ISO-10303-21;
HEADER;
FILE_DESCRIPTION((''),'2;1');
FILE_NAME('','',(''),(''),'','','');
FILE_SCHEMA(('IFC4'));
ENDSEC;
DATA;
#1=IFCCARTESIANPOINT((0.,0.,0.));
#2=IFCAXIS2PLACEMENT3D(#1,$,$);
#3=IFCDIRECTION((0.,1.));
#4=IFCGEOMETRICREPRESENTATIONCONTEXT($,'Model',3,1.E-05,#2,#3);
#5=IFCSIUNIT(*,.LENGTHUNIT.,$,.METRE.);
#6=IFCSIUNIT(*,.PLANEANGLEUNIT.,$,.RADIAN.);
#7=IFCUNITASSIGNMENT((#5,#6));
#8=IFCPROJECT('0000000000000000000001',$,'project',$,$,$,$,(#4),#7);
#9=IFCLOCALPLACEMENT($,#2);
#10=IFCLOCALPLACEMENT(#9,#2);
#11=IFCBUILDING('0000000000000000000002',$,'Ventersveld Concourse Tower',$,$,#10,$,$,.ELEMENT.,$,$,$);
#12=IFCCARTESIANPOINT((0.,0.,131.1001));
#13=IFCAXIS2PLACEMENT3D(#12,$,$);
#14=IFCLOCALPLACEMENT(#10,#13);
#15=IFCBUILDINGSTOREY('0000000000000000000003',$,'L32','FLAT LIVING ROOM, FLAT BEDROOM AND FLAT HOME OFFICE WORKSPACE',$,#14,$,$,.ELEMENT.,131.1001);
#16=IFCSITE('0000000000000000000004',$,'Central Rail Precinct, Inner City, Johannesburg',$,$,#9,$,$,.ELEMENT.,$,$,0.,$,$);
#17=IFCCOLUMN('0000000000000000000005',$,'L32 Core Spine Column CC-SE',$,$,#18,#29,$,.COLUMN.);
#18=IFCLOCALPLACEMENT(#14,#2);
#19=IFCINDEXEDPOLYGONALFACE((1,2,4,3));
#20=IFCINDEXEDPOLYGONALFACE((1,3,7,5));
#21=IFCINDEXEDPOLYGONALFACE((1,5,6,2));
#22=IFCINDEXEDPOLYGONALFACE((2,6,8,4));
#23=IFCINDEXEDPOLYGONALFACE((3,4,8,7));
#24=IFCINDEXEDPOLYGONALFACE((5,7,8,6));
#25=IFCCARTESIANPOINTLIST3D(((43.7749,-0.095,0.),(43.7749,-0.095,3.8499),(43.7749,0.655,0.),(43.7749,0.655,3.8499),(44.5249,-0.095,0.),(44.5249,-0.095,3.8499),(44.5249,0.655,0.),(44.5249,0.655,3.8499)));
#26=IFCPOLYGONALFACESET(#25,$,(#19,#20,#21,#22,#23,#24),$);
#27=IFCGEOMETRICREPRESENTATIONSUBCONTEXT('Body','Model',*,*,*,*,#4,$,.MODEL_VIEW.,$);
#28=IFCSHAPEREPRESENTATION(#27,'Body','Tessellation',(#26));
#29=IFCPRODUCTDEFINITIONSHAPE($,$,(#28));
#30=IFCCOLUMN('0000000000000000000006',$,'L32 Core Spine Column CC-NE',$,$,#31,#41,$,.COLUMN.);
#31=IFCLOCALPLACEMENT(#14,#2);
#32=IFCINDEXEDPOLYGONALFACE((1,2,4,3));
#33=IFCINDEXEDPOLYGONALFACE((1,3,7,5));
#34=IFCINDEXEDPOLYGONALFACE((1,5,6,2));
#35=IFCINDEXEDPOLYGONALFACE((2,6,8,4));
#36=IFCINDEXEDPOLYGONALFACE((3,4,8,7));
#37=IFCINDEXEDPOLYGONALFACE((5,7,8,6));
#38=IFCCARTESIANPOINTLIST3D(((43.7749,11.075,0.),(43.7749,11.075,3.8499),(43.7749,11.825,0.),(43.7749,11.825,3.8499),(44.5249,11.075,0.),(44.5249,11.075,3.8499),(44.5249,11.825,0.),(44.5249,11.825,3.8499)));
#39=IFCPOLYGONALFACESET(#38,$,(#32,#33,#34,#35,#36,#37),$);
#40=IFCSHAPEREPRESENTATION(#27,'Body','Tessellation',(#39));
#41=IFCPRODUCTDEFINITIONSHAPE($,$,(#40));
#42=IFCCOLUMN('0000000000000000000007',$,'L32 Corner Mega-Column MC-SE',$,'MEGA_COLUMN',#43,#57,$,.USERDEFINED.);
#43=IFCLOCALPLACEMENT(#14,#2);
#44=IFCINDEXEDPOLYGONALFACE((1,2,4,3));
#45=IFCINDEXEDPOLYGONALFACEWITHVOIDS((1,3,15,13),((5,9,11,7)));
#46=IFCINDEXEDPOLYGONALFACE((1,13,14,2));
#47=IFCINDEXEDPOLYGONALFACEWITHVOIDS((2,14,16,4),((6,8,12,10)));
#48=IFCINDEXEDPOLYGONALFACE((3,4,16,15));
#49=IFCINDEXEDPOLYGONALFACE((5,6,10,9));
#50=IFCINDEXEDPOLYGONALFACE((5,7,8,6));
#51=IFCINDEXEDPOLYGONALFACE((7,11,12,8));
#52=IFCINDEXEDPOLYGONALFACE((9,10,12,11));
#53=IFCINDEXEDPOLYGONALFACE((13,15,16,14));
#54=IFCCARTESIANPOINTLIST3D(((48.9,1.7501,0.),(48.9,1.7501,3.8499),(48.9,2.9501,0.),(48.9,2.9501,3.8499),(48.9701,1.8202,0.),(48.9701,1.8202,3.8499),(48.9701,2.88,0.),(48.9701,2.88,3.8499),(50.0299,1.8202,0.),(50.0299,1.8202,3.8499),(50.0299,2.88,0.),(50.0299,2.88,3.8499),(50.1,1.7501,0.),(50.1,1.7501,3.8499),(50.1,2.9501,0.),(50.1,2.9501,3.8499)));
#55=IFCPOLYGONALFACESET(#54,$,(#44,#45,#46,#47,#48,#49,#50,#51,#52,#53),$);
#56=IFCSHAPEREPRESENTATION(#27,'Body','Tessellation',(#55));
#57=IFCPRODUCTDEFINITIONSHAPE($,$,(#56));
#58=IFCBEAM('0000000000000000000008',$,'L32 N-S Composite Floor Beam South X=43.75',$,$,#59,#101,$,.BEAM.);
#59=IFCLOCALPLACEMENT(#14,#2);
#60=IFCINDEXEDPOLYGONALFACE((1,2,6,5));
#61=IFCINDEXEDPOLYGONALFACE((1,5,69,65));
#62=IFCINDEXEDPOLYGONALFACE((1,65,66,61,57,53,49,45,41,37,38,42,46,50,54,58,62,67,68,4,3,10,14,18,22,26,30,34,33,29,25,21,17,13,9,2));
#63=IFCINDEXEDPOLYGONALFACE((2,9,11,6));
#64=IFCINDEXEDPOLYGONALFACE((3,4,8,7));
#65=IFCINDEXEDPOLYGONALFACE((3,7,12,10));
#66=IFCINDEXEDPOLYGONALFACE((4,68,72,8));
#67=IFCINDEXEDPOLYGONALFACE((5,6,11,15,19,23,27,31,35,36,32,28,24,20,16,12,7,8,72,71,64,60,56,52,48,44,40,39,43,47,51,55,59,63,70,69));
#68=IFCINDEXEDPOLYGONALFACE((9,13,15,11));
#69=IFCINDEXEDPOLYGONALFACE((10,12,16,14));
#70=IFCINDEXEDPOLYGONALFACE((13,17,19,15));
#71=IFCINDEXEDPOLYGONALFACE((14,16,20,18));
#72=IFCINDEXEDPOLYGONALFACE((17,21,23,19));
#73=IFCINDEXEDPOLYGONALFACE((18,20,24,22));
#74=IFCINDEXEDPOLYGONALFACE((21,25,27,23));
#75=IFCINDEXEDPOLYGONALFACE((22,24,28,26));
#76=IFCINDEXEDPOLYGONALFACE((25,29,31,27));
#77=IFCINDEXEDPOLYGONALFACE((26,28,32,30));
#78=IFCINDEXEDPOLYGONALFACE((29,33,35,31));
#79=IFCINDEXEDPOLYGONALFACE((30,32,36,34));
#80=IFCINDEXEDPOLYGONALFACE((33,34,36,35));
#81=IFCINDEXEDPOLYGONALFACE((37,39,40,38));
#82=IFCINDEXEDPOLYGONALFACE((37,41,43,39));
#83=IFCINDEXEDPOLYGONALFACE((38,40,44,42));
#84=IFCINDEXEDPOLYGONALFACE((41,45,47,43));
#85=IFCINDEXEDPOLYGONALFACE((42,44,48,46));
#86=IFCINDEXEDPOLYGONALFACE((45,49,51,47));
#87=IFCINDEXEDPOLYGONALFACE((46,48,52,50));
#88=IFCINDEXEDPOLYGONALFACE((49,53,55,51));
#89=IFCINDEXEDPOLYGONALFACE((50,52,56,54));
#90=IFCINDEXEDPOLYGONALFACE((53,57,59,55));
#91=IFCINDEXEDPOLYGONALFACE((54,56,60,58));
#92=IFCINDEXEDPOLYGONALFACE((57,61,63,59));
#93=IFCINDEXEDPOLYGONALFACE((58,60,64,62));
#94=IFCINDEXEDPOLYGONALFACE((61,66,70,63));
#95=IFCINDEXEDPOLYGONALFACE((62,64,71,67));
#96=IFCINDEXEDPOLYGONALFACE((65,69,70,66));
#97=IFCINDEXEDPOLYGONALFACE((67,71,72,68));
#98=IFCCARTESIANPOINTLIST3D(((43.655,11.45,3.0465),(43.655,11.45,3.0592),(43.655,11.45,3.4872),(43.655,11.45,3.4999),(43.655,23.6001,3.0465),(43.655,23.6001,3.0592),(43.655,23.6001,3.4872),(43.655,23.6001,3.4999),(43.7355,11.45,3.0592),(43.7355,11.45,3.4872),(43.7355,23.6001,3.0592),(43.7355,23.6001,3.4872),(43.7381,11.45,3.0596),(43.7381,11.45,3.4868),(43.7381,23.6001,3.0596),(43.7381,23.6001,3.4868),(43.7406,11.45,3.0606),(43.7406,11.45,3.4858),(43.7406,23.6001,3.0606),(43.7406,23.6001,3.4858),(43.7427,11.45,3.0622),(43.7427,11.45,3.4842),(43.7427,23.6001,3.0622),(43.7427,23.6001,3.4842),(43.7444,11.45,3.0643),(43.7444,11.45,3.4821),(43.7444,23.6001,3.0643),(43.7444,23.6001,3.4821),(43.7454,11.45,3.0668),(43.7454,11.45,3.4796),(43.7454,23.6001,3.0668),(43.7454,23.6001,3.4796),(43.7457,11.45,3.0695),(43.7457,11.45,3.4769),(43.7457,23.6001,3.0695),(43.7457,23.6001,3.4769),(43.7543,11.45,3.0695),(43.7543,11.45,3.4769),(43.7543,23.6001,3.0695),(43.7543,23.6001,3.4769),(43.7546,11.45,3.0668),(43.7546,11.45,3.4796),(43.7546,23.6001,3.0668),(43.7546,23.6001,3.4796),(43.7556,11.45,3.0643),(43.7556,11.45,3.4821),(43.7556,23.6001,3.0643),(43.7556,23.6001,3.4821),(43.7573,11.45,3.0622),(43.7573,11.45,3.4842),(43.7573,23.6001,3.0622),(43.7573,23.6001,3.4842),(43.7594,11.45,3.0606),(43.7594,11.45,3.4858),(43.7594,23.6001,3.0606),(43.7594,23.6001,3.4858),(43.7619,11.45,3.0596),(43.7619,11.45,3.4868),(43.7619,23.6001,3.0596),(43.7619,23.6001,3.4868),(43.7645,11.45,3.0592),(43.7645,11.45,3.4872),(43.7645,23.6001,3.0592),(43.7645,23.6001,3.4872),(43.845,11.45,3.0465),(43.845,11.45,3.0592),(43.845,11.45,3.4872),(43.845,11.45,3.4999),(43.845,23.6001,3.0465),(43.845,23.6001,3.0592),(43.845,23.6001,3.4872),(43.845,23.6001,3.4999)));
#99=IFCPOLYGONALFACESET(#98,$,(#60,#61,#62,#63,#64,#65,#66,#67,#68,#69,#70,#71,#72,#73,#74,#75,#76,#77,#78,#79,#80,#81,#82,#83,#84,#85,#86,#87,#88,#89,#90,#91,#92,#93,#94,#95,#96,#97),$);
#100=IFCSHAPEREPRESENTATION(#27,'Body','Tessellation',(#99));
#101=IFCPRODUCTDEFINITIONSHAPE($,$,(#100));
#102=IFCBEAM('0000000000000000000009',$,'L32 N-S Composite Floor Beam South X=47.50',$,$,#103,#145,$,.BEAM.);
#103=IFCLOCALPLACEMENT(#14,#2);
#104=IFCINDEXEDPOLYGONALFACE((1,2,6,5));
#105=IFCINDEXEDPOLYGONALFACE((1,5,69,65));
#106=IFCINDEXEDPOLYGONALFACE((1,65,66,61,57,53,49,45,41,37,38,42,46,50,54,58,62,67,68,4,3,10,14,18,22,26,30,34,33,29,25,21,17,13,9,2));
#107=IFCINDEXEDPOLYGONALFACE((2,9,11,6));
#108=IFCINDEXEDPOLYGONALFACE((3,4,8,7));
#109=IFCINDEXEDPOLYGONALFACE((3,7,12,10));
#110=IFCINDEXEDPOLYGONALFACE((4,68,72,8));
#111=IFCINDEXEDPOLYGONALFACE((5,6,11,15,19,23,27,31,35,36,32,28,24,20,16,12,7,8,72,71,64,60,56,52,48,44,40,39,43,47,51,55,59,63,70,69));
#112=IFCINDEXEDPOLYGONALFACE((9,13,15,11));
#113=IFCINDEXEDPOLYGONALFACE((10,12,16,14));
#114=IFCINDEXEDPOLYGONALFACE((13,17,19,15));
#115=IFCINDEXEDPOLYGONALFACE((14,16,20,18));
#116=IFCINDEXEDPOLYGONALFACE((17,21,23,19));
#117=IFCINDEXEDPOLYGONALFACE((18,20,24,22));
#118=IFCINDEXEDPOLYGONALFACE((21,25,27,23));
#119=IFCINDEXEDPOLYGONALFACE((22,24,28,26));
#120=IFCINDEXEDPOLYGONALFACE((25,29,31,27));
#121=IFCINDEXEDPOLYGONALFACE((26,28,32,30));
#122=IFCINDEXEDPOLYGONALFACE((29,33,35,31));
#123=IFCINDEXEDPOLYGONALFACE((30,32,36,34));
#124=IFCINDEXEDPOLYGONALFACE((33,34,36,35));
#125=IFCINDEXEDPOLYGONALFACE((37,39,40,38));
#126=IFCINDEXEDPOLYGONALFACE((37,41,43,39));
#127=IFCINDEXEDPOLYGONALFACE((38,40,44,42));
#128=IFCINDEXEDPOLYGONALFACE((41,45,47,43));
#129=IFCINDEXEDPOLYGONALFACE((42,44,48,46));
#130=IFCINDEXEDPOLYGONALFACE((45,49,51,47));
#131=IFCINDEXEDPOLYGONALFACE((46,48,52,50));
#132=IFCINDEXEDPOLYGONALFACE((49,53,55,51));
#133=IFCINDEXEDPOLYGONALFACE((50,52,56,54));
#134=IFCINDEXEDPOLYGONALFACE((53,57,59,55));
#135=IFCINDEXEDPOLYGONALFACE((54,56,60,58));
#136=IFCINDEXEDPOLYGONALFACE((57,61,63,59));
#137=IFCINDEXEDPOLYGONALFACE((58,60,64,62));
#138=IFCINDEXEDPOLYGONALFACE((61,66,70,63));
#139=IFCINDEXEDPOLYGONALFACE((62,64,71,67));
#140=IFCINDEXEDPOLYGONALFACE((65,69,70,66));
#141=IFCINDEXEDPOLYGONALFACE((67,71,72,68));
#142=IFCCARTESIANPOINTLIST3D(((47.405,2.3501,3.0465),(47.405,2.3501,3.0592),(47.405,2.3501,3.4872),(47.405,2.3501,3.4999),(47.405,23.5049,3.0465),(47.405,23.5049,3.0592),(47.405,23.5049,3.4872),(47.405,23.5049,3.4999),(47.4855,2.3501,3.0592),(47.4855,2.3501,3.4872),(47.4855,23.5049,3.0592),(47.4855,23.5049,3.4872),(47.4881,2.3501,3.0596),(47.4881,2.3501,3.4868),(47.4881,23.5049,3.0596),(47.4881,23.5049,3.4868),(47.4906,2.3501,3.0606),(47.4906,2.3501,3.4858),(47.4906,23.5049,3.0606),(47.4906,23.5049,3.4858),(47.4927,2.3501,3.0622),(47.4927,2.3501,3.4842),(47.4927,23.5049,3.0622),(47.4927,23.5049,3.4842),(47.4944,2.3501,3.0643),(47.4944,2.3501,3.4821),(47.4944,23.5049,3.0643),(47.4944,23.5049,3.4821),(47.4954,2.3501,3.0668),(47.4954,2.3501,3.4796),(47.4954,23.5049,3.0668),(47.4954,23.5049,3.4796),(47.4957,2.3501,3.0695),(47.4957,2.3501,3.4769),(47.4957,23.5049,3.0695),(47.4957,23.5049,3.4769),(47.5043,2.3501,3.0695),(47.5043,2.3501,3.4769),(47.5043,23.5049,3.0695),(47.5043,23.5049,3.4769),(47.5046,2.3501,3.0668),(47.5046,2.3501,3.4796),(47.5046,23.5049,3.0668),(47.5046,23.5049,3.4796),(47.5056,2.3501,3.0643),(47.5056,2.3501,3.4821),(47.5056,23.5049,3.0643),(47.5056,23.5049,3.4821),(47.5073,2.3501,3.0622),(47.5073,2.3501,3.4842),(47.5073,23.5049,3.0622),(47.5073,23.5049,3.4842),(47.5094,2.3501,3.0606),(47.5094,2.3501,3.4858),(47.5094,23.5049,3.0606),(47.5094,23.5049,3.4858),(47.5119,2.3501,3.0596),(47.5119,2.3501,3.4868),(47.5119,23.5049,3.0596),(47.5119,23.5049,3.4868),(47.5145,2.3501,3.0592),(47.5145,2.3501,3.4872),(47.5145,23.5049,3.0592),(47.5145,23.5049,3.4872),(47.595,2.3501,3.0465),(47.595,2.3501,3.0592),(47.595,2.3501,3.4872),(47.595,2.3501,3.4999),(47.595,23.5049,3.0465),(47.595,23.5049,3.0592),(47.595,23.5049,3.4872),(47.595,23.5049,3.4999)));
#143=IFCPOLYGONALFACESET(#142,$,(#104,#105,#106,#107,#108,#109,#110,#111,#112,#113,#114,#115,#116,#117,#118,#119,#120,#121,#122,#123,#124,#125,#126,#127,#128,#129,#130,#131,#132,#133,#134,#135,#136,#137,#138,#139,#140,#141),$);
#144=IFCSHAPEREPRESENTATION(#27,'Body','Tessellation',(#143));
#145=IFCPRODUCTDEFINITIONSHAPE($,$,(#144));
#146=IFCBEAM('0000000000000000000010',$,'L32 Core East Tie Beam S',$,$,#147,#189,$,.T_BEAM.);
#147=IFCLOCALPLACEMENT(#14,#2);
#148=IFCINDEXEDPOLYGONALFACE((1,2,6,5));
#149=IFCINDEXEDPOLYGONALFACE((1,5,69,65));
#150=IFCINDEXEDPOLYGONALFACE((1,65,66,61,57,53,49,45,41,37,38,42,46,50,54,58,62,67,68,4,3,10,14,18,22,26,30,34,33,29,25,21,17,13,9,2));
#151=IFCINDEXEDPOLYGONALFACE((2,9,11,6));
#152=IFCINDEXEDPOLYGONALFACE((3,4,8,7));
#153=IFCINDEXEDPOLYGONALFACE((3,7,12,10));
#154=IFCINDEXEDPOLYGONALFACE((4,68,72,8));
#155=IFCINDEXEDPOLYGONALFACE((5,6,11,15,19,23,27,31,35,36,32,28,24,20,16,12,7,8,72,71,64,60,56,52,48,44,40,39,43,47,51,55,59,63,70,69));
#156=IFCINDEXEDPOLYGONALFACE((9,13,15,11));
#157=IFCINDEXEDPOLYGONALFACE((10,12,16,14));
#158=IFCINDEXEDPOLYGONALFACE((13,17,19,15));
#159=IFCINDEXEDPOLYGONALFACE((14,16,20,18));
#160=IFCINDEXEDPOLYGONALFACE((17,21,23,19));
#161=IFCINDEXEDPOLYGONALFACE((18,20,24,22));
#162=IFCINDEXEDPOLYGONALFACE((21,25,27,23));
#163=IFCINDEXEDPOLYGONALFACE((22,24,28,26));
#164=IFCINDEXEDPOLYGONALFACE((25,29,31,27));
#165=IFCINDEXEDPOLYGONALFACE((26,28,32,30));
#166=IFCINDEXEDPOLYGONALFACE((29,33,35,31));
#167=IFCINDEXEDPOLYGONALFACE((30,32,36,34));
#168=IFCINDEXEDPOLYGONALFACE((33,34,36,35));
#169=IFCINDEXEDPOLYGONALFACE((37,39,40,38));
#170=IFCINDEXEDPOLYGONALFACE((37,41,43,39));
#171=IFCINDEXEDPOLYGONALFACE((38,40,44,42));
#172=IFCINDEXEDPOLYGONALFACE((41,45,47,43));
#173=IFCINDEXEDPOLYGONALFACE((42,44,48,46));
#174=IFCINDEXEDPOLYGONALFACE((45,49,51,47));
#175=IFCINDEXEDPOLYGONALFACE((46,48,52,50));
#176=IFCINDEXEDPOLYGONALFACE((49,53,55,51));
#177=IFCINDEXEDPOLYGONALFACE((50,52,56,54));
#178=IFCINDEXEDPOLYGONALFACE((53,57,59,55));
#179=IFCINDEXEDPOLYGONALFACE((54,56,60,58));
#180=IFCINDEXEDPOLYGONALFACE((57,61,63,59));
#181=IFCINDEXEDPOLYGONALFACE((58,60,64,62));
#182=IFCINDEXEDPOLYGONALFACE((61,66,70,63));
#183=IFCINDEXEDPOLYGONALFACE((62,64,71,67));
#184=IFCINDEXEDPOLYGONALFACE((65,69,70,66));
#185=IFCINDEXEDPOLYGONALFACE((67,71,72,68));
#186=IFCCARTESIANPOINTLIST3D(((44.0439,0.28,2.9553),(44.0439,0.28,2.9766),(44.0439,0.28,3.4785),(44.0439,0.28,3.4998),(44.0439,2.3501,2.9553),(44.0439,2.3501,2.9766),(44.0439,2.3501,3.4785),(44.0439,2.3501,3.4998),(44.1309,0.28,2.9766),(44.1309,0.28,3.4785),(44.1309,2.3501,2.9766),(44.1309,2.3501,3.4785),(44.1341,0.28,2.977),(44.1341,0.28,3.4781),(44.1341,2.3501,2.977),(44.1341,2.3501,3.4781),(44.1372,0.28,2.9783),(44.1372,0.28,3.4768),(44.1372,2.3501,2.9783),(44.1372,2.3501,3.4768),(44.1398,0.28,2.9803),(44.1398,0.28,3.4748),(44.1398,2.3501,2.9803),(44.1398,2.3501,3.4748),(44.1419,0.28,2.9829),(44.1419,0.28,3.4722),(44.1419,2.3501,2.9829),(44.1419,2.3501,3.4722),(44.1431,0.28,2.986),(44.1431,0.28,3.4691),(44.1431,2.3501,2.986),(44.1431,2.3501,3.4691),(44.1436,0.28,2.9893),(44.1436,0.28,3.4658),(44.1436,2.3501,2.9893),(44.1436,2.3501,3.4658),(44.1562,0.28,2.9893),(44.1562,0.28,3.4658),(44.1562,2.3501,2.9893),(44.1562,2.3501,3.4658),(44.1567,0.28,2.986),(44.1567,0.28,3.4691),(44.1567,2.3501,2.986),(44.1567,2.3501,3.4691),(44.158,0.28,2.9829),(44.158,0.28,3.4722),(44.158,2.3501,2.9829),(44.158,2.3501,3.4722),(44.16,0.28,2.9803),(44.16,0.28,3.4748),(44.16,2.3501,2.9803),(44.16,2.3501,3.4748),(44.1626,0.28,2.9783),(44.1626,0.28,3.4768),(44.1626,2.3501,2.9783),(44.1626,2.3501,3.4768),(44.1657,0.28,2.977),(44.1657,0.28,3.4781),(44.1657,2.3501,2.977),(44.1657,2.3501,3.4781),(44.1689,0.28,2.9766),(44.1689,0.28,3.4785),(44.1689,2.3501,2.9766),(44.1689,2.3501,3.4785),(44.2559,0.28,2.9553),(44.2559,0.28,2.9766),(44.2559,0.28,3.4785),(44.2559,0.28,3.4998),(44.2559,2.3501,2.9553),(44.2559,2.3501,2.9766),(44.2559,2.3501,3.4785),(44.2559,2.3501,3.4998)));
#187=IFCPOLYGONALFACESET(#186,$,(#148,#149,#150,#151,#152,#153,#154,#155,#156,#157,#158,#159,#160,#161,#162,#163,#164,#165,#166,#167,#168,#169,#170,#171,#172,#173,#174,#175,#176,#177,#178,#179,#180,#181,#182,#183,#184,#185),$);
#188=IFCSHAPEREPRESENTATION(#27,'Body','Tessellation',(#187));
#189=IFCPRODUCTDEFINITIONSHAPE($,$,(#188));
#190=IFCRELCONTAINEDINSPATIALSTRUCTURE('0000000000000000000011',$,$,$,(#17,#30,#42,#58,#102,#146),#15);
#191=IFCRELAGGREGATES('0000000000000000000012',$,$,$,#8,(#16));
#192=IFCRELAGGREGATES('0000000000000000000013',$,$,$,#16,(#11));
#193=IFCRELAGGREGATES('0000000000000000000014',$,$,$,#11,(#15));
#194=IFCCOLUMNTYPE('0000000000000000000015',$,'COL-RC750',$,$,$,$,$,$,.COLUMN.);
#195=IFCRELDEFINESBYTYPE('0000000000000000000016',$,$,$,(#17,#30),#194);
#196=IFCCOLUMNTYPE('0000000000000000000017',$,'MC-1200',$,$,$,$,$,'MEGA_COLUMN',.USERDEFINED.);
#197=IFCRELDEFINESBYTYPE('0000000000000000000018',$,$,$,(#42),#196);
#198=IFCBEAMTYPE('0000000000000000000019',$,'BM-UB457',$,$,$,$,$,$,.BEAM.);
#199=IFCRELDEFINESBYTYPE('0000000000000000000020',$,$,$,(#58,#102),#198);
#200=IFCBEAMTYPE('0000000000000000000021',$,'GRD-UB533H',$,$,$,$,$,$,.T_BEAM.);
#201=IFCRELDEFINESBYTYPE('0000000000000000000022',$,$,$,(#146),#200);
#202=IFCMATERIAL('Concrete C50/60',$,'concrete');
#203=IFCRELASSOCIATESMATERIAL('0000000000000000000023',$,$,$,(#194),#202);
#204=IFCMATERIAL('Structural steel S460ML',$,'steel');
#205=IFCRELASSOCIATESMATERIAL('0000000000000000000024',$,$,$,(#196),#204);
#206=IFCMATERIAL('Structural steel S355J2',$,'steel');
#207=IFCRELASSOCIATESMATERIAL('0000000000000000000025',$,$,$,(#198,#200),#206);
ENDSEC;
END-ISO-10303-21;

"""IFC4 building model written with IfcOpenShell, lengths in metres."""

from ifc_helpers import new_model, si_unit, direction, frame, origin, origin_2d, place, context, subcontext, project, spatial, rectangle, hollow_rectangle, i_section, extrude, material, material_profile, profile_set, type_object, element, save


model = new_model("IFC4")

# Units and contexts
model_context = context("Model", 3, precision=1e-05, world=origin(), true_north=direction((0.0, 1.0)))
body_context = subcontext(model_context, "Body", "Model", "MODEL_VIEW")
ifc_project = project(units=[si_unit("LENGTHUNIT", "METRE"), si_unit("PLANEANGLEUNIT", "RADIAN")], contexts=[model_context])

# Site, building, storey
site_placement = place(None, origin())
site = spatial("IfcSite", under=ifc_project, at=site_placement, Name="Central Rail Precinct, Inner City, Johannesburg", CompositionType="ELEMENT", RefElevation=0.0)
building_placement = place(site_placement, origin())
building = spatial("IfcBuilding", under=site, at=building_placement, Name="Ventersveld Concourse Tower", CompositionType="ELEMENT")
storey_placement = place(building_placement, frame((0.0, 0.0, 131.1001)))
storey = spatial("IfcBuildingStorey", under=building, at=storey_placement, Name="L32", Description="FLAT LIVING ROOM, FLAT BEDROOM AND FLAT HOME OFFICE WORKSPACE", CompositionType="ELEMENT", Elevation=131.1001)

# Columns
ifc_material_1 = material(Name="Concrete C50/60", Category="concrete")
ifc_material_profile_1 = material_profile(ifc_material_1, rectangle(XDim=0.75, YDim=0.75, at=origin_2d()), Name="RC 750x750")
ifc_profile_set_1 = profile_set([ifc_material_profile_1], Name="Concrete C50/60")
column_type_1 = type_object("IfcColumnType", Name="COL-RC750", PredefinedType="COLUMN", material=ifc_profile_set_1)
for number, where, z_axis, x_axis, name in (
    (1, (44.1499, 0.28, 0.0), (0.0, 0.0, 1.0), (1.0, 0.0, 0.0), "L32 Core Spine Column CC-SE"),
    (2, (44.1499, 11.45, 0.0), (0.0, 0.0, 1.0), (1.0, 0.0, 0.0), "L32 Core Spine Column CC-NE"),
):
    element("IfcColumn", number, at=place(storey_placement, frame(where, z_axis=z_axis, x_axis=x_axis)), inside=storey, type_object=column_type_1, Name=name, PredefinedType="COLUMN", context=body_context, shape_type="SweptSolid", body=[
        extrude(rectangle(XDim=0.75, YDim=0.75, at=origin_2d()), origin(), (0.0, 0.0, 1.0), 3.8499),
    ])
ifc_material_2 = material(Name="Structural steel S460ML", Category="steel")
ifc_material_profile_2 = material_profile(ifc_material_2, hollow_rectangle(XDim=1.2, YDim=1.2, WallThickness=0.0701, at=origin_2d()), Name="BOX 1200x1200x70")
ifc_profile_set_2 = profile_set([ifc_material_profile_2], Name="Structural steel S460ML")
column_type_2 = type_object("IfcColumnType", Name="MC-1200", ElementType="MEGA_COLUMN", PredefinedType="USERDEFINED", material=ifc_profile_set_2)
column_placement = place(storey_placement, frame((49.5, 2.3501, 0.0), z_axis=(0.0, 0.0, 1.0), x_axis=(1.0, 0.0, 0.0)))
element("IfcColumn", 3, at=column_placement, inside=storey, type_object=column_type_2, Name="L32 Corner Mega-Column MC-SE", ObjectType="MEGA_COLUMN", PredefinedType="USERDEFINED", context=body_context, shape_type="SweptSolid", body=[
    extrude(hollow_rectangle(XDim=1.2, YDim=1.2, WallThickness=0.0701, at=origin_2d()), origin(), (0.0, 0.0, 1.0), 3.8499),
])

# Beams
ifc_material_3 = material(Name="Structural steel S355J2", Category="steel")
ifc_material_profile_3 = material_profile(ifc_material_3, i_section(OverallWidth=0.1899, OverallDepth=0.4534, WebThickness=0.0085, FlangeThickness=0.0127, FilletRadius=0.0103, at=origin_2d()), Name="UB 457x191x67")
ifc_profile_set_3 = profile_set([ifc_material_profile_3], Name="Structural steel S355J2")
beam_type_1 = type_object("IfcBeamType", Name="BM-UB457", PredefinedType="BEAM", material=ifc_profile_set_3)
beam_1_placement = place(storey_placement, frame((43.75, 11.45, 3.2732), z_axis=(0.0, 1.0, 0.0), x_axis=(-1.0, 0.0, 0.0)))
element("IfcBeam", 4, at=beam_1_placement, inside=storey, type_object=beam_type_1, Name="L32 N-S Composite Floor Beam South X=43.75", PredefinedType="BEAM", context=body_context, shape_type="SweptSolid", body=[
    extrude(i_section(OverallWidth=0.1899, OverallDepth=0.4534, WebThickness=0.0085, FlangeThickness=0.0127, FilletRadius=0.0103, at=origin_2d()), origin(), (0.0, 0.0, 1.0), 12.1501),
])
beam_2_placement = place(storey_placement, frame((47.5, 2.3501, 3.2732), z_axis=(0.0, 1.0, 0.0), x_axis=(-1.0, 0.0, 0.0)))
element("IfcBeam", 5, at=beam_2_placement, inside=storey, type_object=beam_type_1, Name="L32 N-S Composite Floor Beam South X=47.50", PredefinedType="BEAM", context=body_context, shape_type="SweptSolid", body=[
    extrude(i_section(OverallWidth=0.1899, OverallDepth=0.4534, WebThickness=0.0085, FlangeThickness=0.0127, FilletRadius=0.0103, at=origin_2d()), origin(), (0.0, 0.0, 1.0), 21.1548),
])
ifc_material_profile_4 = material_profile(ifc_material_3, i_section(OverallWidth=0.2119, OverallDepth=0.5444, WebThickness=0.0127, FlangeThickness=0.0212, FilletRadius=0.0127, at=origin_2d()), Name="UB 533x210x122")
ifc_profile_set_4 = profile_set([ifc_material_profile_4], Name="Structural steel S355J2")
beam_type_2 = type_object("IfcBeamType", Name="GRD-UB533H", PredefinedType="T_BEAM", material=ifc_profile_set_4)
beam_3_placement = place(storey_placement, frame((44.1499, 0.28, 3.2275), z_axis=(0.0, 1.0, 0.0), x_axis=(-1.0, 0.0, 0.0)))
element("IfcBeam", 6, at=beam_3_placement, inside=storey, type_object=beam_type_2, Name="L32 Core East Tie Beam S", PredefinedType="T_BEAM", context=body_context, shape_type="SweptSolid", body=[
    extrude(i_section(OverallWidth=0.2119, OverallDepth=0.5444, WebThickness=0.0127, FlangeThickness=0.0212, FilletRadius=0.0127, at=origin_2d()), origin(), (0.0, 0.0, 1.0), 2.0701),
])

save(model, "model.ifc")
